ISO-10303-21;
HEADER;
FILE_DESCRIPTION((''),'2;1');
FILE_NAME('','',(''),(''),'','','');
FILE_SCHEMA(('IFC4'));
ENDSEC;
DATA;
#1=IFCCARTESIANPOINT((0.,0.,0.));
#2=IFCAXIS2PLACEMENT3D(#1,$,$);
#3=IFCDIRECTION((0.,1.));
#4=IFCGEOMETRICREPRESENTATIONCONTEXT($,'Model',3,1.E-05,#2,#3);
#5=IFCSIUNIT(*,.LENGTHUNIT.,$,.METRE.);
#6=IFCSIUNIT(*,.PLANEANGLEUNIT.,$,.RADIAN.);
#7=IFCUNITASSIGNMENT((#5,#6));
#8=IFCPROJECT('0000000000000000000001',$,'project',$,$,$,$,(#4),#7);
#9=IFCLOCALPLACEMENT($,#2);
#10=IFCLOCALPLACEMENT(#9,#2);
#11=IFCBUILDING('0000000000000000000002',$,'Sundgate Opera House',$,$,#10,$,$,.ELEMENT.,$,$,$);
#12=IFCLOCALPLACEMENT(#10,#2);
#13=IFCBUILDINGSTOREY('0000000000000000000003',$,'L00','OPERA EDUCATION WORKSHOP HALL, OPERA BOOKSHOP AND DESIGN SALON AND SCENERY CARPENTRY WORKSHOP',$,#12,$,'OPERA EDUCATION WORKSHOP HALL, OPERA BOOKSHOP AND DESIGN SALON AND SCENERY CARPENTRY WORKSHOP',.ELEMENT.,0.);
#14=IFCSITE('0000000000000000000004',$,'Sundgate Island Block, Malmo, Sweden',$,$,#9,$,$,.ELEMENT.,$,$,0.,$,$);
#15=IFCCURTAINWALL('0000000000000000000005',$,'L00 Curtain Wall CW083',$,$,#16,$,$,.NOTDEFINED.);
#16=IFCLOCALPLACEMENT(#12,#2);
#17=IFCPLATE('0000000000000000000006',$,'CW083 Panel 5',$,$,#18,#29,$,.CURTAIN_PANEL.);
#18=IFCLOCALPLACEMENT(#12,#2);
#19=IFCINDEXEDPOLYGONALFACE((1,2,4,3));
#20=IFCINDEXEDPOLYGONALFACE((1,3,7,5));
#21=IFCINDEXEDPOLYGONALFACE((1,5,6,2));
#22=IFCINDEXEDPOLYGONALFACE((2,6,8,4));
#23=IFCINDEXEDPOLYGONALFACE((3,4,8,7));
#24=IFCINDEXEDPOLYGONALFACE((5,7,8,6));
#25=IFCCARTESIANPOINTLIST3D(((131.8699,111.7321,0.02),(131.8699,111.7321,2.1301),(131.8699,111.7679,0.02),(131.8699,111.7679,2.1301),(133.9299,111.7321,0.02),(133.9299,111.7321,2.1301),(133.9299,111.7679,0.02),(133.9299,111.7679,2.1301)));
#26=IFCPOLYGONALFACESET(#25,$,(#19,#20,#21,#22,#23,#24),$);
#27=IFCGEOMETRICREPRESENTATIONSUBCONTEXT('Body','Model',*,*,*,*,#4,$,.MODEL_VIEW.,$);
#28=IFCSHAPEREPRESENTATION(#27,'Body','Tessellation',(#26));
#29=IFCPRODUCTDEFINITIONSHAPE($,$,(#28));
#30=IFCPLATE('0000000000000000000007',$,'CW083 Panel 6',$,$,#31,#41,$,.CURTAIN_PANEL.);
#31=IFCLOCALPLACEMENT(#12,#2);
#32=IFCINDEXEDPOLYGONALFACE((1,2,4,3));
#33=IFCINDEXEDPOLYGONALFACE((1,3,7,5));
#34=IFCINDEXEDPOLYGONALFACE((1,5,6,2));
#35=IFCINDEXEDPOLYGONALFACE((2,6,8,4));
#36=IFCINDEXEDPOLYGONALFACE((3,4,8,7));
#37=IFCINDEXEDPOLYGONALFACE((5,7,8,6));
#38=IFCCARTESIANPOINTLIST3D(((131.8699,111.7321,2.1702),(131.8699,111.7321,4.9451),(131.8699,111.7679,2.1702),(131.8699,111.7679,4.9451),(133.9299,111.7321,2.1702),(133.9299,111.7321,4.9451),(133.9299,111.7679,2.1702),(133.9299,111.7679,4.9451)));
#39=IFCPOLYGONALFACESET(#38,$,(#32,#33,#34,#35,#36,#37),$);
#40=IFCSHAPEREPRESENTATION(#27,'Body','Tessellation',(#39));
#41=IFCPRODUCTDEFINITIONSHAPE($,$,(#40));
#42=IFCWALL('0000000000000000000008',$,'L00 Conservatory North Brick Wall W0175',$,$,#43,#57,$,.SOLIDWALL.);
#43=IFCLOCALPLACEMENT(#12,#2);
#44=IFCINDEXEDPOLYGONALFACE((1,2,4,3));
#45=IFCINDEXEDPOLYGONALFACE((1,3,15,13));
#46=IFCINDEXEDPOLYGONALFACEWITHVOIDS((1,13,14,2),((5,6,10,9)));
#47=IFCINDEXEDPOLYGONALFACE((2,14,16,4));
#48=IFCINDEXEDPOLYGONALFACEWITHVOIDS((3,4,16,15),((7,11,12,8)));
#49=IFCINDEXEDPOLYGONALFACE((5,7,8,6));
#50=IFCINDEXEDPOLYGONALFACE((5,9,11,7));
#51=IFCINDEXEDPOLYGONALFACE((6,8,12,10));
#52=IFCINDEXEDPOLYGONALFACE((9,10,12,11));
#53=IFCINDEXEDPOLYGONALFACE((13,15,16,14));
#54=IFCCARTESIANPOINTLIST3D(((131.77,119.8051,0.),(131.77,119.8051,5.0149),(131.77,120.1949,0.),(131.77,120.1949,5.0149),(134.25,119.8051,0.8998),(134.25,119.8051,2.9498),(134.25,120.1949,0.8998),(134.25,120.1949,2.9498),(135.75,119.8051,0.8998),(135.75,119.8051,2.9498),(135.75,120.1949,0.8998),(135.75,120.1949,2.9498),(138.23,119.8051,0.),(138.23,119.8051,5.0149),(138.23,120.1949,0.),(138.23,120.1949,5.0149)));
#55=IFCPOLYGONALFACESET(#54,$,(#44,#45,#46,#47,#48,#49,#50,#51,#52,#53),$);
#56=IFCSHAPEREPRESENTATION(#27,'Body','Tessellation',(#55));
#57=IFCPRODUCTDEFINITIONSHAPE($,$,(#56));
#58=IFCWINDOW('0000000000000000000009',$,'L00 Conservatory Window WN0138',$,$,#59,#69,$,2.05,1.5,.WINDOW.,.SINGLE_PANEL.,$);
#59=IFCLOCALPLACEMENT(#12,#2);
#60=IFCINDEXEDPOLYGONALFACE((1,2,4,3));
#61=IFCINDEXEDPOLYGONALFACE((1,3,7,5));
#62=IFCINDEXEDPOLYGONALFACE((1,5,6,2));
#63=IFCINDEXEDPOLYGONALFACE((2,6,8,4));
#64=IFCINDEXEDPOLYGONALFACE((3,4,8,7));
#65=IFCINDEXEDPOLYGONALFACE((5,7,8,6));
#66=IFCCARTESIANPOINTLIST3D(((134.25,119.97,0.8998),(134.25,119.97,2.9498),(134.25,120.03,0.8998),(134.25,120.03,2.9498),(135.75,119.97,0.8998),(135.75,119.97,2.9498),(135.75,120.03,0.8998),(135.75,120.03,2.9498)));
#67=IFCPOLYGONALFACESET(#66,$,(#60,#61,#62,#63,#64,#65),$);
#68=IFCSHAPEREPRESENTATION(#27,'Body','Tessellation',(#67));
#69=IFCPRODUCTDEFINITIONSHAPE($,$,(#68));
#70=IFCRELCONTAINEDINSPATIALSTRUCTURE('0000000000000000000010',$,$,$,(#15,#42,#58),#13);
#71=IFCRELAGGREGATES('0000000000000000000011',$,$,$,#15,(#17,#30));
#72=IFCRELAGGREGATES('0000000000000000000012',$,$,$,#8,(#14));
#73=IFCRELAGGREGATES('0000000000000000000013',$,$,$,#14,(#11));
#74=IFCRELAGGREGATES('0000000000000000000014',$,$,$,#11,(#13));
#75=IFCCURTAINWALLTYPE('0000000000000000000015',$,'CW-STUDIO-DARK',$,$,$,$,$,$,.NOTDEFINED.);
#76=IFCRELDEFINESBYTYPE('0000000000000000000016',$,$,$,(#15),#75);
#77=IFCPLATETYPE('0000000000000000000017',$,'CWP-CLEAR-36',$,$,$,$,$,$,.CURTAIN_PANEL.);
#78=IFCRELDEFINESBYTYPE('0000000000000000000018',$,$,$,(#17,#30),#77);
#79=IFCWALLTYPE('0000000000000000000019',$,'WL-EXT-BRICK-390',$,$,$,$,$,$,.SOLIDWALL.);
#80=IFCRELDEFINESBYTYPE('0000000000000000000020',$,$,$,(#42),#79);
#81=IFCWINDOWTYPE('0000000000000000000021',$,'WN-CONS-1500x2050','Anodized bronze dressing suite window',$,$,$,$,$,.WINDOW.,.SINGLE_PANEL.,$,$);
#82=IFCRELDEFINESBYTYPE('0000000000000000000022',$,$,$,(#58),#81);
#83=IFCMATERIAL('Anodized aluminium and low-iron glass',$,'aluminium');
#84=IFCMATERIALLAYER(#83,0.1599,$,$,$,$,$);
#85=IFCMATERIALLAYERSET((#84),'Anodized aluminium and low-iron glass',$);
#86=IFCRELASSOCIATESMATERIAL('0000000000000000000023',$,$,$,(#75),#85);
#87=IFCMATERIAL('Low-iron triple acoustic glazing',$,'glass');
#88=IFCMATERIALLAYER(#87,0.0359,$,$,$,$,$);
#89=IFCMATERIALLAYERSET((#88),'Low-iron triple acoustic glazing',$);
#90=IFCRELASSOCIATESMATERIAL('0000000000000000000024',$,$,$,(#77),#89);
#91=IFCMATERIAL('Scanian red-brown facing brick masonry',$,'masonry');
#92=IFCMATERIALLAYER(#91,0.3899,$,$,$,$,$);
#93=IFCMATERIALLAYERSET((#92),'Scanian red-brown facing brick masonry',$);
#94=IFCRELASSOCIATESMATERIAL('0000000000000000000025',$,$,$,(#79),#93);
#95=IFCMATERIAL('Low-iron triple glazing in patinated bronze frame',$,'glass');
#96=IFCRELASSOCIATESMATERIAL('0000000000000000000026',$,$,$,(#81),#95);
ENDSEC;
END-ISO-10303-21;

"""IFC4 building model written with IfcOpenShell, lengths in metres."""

from ifc_helpers import new_model, si_unit, direction, frame, frame_2d, origin, origin_2d, place, context, subcontext, project, spatial, rectangle, extrude, material, layer, layer_set, type_object, element, fill, aggregate, save


model = new_model("IFC4")

# Units and contexts
model_context = context("Model", 3, precision=1e-05, world=origin(), true_north=direction((0.0, 1.0)))
body_context = subcontext(model_context, "Body", "Model", "MODEL_VIEW")
ifc_project = project(units=[si_unit("LENGTHUNIT", "METRE"), si_unit("PLANEANGLEUNIT", "RADIAN")], contexts=[model_context])

# Site, building, storey
site_placement = place(None, origin())
site = spatial("IfcSite", under=ifc_project, at=site_placement, Name="Sundgate Island Block, Malmo, Sweden", CompositionType="ELEMENT", RefElevation=0.0)
building_placement = place(site_placement, origin())
building = spatial("IfcBuilding", under=site, at=building_placement, Name="Sundgate Opera House", CompositionType="ELEMENT")
storey_placement = place(building_placement, origin())
storey = spatial("IfcBuildingStorey", under=building, at=storey_placement, Name="L00", Description="OPERA EDUCATION WORKSHOP HALL, OPERA BOOKSHOP AND DESIGN SALON AND SCENERY CARPENTRY WORKSHOP", LongName="OPERA EDUCATION WORKSHOP HALL, OPERA BOOKSHOP AND DESIGN SALON AND SCENERY CARPENTRY WORKSHOP", CompositionType="ELEMENT", Elevation=0.0)

# Curtain wall
ifc_material_1 = material(Name="Anodized aluminium and low-iron glass", Category="aluminium")
ifc_layer_1 = layer(ifc_material_1, 0.1599)
ifc_layer_set_1 = layer_set([ifc_layer_1], Name="Anodized aluminium and low-iron glass")
curtain_wall_type = type_object("IfcCurtainWallType", Name="CW-STUDIO-DARK", PredefinedType="NOTDEFINED", material=ifc_layer_set_1)
curtain_wall_1_placement = place(storey_placement, origin())
curtain_wall_1 = element("IfcCurtainWall", 1, at=curtain_wall_1_placement, inside=storey, type_object=curtain_wall_type, Name="L00 Curtain Wall CW083", PredefinedType="NOTDEFINED")

# Plates
ifc_material_2 = material(Name="Low-iron triple acoustic glazing", Category="glass")
ifc_layer_2 = layer(ifc_material_2, 0.0359)
ifc_layer_set_2 = layer_set([ifc_layer_2], Name="Low-iron triple acoustic glazing")
plate_type = type_object("IfcPlateType", Name="CWP-CLEAR-36", PredefinedType="CURTAIN_PANEL", material=ifc_layer_set_2)
plate_1_placement = place(storey_placement, frame((132.8999, 111.75, 0.02), z_axis=(0.0, 0.0, 1.0), x_axis=(-1.0, 0.0, 0.0)))
plate_1 = element("IfcPlate", 2, at=plate_1_placement, type_object=plate_type, Name="CW083 Panel 5", PredefinedType="CURTAIN_PANEL", context=body_context, shape_type="SweptSolid", body=[
    extrude(rectangle(XDim=2.0601, YDim=0.0359, at=origin_2d()), origin(), (0.0, 0.0, 1.0), 2.1101),
])
plate_2_placement = place(storey_placement, frame((132.8999, 111.75, 2.1702), z_axis=(0.0, 0.0, 1.0), x_axis=(-1.0, 0.0, 0.0)))
plate_2 = element("IfcPlate", 3, at=plate_2_placement, type_object=plate_type, Name="CW083 Panel 6", PredefinedType="CURTAIN_PANEL", context=body_context, shape_type="SweptSolid", body=[
    extrude(rectangle(XDim=2.0601, YDim=0.0359, at=origin_2d()), origin(), (0.0, 0.0, 1.0), 2.7749),
])
aggregate(curtain_wall_1, [plate_1, plate_2])

# Wall, opening, window
ifc_material_3 = material(Name="Scanian red-brown facing brick masonry", Category="masonry")
ifc_layer_3 = layer(ifc_material_3, 0.3899)
ifc_layer_set_3 = layer_set([ifc_layer_3], Name="Scanian red-brown facing brick masonry")
wall_type = type_object("IfcWallType", Name="WL-EXT-BRICK-390", PredefinedType="SOLIDWALL", material=ifc_layer_set_3)
wall_placement = place(storey_placement, frame((131.77, 120.0, 0.0), z_axis=(0.0, 0.0, 1.0), x_axis=(1.0, 0.0, 0.0)))
wall = element("IfcWall", 4, at=wall_placement, inside=storey, type_object=wall_type, Name="L00 Conservatory North Brick Wall W0175", PredefinedType="SOLIDWALL", context=body_context, shape_type="SweptSolid", body=[
    extrude(rectangle(XDim=6.46, YDim=0.3899, at=frame_2d((3.23, 0.0))), origin(), (0.0, 0.0, 1.0), 5.0149),
])
opening_placement = place(wall_placement, frame((2.48, 0.0, 0.8999)))
opening = element("IfcOpeningElement", 5, at=opening_placement, cuts=wall, PredefinedType="OPENING", context=body_context, shape_type="SweptSolid", body=[
    extrude(rectangle(XDim=1.5, YDim=2.05, at=frame_2d((0.75, 1.0249))), frame((0.0, 0.2048, 0.0), z_axis=(0.0, -1.0, 0.0), x_axis=(1.0, 0.0, 0.0)), (0.0, 0.0, 1.0), 0.4099),
])
ifc_material_4 = material(Name="Low-iron triple glazing in patinated bronze frame", Category="glass")
window_type = type_object("IfcWindowType", Name="WN-CONS-1500x2050", Description="Anodized bronze dressing suite window", PartitioningType="SINGLE_PANEL", PredefinedType="WINDOW", material=ifc_material_4)
window_placement = place(opening_placement, origin())
window = element("IfcWindow", 6, at=window_placement, inside=storey, type_object=window_type, Name="L00 Conservatory Window WN0138", OverallHeight=2.05, OverallWidth=1.5, PartitioningType="SINGLE_PANEL", PredefinedType="WINDOW", context=body_context, shape_type="SweptSolid", body=[
    extrude(rectangle(XDim=1.5, YDim=2.05, at=frame_2d((0.75, 1.0249))), frame((0.0, 0.03, 0.0), z_axis=(0.0, -1.0, 0.0), x_axis=(1.0, 0.0, 0.0)), (0.0, 0.0, 1.0), 0.0601),
])
fill(opening, window)

save(model, "model.ifc")
